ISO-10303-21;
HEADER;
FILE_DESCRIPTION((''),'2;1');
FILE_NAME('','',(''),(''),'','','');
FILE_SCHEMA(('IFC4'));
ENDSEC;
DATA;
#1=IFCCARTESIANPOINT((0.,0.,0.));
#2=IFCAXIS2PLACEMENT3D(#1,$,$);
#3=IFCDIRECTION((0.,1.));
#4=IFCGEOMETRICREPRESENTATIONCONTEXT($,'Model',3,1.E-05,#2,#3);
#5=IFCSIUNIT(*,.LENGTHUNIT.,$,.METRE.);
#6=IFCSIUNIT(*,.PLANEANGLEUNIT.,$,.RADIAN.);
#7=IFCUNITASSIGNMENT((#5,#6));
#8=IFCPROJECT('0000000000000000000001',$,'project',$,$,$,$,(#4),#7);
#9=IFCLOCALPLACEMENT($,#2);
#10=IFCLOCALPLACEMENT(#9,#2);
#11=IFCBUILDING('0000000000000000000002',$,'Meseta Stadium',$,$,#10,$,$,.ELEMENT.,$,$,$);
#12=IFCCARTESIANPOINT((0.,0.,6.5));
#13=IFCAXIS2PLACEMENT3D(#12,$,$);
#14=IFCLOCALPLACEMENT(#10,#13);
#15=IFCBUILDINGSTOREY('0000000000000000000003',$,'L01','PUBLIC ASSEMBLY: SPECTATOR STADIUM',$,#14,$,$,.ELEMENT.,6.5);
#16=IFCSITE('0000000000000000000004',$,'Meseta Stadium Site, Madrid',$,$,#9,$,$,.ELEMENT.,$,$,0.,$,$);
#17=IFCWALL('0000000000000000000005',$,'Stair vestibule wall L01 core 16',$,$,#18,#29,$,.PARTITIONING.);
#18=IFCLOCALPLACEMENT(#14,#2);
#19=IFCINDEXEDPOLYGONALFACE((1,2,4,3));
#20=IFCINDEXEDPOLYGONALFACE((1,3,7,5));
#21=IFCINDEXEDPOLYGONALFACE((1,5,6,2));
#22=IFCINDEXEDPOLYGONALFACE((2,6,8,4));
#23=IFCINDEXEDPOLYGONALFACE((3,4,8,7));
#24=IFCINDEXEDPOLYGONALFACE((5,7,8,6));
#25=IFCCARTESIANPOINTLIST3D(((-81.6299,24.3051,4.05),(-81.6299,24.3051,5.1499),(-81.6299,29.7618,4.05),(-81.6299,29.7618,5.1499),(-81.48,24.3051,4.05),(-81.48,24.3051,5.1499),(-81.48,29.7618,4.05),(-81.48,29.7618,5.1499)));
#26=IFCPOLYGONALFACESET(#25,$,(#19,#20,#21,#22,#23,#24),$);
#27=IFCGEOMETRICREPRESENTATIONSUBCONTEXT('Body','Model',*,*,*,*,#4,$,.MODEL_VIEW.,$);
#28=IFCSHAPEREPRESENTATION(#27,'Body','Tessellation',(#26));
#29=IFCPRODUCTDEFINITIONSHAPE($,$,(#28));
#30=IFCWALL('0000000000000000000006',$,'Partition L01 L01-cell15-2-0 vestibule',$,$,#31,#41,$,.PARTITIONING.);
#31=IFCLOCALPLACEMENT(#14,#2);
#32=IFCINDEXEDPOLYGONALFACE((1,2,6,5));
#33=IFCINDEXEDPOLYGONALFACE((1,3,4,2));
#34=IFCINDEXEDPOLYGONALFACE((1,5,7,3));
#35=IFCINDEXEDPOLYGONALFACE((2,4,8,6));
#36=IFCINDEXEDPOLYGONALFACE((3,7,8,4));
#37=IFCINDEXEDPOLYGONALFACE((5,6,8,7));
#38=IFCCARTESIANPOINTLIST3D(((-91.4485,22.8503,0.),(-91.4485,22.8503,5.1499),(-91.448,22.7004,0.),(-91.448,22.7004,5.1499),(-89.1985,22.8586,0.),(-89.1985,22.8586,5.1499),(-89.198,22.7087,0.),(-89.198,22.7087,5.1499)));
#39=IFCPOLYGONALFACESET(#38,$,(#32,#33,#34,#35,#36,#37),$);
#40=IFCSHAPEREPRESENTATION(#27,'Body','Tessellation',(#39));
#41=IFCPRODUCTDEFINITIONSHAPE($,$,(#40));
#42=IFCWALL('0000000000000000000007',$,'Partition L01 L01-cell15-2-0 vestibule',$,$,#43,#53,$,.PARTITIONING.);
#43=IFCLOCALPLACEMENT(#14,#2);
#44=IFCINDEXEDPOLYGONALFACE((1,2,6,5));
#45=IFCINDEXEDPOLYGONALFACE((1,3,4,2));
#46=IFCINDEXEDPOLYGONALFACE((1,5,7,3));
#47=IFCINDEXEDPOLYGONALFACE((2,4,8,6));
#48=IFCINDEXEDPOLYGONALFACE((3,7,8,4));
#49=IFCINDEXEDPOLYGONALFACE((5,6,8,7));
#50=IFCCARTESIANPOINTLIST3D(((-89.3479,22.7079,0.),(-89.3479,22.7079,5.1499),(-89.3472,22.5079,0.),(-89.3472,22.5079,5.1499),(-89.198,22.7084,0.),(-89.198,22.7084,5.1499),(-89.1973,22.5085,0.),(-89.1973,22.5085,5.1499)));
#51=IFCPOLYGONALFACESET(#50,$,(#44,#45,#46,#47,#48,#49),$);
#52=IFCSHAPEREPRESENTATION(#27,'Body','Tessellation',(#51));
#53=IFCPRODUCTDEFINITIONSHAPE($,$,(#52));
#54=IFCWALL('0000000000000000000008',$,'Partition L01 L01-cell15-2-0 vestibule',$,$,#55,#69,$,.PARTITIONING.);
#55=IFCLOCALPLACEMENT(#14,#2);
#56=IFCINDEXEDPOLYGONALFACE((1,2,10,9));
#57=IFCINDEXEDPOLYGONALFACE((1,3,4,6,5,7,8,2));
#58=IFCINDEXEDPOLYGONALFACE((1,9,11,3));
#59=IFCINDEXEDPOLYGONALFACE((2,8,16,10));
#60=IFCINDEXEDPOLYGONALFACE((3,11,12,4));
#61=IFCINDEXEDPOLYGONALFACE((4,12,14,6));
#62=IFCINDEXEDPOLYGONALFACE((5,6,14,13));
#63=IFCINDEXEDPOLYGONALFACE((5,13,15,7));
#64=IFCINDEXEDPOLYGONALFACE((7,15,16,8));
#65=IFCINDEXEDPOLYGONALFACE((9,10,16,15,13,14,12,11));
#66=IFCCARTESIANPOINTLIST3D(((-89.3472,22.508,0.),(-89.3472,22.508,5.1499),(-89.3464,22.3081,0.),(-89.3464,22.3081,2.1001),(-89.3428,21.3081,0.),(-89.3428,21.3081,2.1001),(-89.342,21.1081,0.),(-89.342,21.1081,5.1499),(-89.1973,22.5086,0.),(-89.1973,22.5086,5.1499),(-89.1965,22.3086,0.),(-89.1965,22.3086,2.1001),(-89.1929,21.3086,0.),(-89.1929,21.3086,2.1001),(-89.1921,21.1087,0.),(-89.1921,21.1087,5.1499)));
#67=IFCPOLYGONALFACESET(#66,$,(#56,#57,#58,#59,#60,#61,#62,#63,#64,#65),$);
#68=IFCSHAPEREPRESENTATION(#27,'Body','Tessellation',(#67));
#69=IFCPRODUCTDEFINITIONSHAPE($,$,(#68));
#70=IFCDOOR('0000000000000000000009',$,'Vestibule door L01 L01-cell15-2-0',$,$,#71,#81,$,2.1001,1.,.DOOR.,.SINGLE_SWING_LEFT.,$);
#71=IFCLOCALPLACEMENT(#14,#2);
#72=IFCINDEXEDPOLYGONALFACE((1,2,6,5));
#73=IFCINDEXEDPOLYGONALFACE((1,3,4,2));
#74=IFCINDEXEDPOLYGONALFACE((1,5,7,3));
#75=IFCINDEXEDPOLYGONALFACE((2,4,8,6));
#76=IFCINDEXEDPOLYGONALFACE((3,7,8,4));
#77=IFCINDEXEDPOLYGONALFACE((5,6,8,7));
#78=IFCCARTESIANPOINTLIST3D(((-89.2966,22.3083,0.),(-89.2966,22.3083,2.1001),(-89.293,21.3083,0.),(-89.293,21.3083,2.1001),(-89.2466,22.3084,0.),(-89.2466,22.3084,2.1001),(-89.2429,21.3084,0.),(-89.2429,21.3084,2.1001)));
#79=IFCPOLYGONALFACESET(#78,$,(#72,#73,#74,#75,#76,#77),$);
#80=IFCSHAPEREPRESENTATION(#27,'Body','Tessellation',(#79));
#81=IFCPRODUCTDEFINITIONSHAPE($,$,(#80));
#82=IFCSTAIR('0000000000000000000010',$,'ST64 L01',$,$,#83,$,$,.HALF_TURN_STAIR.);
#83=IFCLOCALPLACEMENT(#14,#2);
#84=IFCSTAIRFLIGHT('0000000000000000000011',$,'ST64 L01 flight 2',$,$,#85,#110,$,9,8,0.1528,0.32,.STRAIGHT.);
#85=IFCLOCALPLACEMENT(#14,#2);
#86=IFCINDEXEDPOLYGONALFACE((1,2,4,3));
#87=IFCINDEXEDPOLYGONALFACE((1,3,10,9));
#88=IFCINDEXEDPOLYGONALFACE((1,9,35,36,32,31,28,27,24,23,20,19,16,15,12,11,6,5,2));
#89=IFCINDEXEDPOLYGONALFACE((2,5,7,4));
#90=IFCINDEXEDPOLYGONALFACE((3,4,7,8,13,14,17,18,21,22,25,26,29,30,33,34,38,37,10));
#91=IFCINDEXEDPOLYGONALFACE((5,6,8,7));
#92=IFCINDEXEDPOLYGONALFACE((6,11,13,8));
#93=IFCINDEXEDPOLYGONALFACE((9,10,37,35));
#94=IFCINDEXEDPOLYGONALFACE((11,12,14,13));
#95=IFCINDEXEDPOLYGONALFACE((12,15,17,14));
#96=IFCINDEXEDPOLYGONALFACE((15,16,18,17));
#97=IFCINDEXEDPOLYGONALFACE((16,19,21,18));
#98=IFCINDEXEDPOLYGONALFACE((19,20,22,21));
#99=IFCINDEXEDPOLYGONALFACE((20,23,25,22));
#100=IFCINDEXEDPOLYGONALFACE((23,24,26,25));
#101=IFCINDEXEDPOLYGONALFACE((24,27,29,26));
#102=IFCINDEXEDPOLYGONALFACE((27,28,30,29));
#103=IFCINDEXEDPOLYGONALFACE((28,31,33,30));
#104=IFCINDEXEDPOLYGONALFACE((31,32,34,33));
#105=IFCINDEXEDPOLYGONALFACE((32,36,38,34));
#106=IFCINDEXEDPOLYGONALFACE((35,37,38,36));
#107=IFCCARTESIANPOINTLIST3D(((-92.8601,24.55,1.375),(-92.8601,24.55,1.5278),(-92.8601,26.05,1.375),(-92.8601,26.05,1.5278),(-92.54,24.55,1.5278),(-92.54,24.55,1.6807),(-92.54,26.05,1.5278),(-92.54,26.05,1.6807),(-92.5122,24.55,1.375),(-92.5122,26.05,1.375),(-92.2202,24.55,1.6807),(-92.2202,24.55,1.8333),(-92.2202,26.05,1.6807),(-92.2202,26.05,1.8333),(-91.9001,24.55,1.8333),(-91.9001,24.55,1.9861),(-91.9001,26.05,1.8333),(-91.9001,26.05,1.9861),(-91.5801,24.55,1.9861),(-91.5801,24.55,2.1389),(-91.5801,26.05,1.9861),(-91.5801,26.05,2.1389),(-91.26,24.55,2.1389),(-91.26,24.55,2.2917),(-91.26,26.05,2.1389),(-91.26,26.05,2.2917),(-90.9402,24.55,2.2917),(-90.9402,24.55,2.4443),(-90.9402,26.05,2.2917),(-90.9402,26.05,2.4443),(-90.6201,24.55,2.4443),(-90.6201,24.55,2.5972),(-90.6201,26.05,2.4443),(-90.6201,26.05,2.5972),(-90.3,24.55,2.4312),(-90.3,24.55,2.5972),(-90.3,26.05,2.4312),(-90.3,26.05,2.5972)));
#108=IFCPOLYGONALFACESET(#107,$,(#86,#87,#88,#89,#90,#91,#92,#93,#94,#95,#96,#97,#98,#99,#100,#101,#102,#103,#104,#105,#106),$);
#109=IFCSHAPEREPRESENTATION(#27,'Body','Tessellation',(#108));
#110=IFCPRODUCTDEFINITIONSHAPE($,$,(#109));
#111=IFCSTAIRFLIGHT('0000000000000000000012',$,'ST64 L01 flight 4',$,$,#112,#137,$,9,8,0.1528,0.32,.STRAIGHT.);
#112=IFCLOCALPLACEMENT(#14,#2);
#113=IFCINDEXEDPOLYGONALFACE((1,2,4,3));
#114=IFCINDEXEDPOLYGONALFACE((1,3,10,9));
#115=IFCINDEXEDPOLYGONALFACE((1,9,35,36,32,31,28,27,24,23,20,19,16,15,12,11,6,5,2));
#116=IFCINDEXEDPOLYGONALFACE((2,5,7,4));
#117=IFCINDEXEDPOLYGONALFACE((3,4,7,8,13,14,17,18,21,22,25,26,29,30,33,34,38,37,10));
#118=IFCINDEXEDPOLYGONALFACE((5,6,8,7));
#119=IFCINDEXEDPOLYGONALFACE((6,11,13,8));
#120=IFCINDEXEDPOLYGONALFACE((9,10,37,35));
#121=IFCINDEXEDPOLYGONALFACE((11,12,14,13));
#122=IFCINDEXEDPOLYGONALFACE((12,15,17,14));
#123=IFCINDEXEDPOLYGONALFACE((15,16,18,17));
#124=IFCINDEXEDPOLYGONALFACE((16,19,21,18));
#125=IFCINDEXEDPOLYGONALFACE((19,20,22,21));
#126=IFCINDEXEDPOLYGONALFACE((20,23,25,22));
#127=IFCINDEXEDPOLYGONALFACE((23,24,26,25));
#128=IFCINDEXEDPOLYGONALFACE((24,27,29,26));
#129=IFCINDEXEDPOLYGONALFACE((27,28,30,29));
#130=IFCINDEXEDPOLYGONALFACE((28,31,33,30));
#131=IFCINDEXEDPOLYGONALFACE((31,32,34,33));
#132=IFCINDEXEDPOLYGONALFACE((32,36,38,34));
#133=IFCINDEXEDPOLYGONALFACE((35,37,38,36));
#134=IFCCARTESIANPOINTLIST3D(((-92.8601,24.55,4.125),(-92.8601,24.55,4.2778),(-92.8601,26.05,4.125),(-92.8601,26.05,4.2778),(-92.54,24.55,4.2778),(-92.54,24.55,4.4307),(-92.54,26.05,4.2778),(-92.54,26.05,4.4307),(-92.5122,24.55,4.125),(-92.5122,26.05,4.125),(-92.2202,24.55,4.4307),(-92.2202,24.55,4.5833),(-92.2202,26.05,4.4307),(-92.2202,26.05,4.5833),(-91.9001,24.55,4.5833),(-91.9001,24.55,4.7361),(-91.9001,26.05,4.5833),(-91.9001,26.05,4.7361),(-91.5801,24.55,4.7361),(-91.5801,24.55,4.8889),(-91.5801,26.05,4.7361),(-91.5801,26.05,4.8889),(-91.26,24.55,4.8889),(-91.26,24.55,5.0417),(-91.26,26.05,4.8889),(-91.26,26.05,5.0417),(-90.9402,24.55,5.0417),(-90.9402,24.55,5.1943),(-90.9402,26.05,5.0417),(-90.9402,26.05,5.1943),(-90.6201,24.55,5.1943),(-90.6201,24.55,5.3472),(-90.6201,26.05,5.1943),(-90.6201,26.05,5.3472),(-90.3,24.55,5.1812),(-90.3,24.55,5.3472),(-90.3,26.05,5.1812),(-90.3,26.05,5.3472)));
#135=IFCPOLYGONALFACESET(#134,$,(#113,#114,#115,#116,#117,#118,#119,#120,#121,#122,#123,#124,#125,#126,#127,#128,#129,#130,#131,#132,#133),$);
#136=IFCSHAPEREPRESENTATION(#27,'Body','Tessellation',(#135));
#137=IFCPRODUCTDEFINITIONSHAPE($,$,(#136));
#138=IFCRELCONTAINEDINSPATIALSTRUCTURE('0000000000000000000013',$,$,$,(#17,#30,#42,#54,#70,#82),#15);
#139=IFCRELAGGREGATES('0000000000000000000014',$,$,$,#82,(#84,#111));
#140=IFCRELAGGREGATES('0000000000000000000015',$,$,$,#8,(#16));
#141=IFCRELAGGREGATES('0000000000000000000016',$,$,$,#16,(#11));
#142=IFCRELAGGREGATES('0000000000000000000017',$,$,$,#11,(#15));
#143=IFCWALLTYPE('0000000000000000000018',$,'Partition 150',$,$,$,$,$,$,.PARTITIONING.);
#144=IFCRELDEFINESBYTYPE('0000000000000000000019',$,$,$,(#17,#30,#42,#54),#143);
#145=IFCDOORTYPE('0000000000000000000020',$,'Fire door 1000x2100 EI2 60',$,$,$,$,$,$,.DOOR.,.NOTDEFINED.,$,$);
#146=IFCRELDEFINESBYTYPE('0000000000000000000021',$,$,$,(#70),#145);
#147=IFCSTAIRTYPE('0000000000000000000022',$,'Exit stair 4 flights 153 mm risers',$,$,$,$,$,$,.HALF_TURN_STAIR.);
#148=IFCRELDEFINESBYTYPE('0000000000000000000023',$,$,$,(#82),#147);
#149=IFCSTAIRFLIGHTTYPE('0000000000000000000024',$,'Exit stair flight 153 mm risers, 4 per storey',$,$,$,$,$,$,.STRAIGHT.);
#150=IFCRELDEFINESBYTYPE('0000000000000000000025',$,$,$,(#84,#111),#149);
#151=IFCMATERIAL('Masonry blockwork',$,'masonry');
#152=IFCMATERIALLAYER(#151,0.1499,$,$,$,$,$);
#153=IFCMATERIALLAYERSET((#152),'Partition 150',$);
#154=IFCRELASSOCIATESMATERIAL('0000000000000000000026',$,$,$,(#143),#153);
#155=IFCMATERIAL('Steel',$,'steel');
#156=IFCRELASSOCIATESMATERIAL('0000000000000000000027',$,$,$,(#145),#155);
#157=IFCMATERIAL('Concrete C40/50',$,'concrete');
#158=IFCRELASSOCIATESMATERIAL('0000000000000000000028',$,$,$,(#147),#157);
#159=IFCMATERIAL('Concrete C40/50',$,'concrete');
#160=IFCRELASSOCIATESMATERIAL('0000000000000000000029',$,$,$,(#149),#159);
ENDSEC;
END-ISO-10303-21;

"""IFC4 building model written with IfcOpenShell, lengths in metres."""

from ifc_helpers import new_model, si_unit, direction, frame, frame_2d, origin, place, context, subcontext, project, spatial, polyline, rectangle, outline, extrude, material, layer, layer_set, type_object, element, fill, aggregate, save


model = new_model("IFC4")

# Units and contexts
model_context = context("Model", 3, precision=1e-05, world=origin(), true_north=direction((0.0, 1.0)))
body_context = subcontext(model_context, "Body", "Model", "MODEL_VIEW")
ifc_project = project(units=[si_unit("LENGTHUNIT", "METRE"), si_unit("PLANEANGLEUNIT", "RADIAN")], contexts=[model_context])

# Site, building, storey
site_placement = place(None, origin())
site = spatial("IfcSite", under=ifc_project, at=site_placement, Name="Meseta Stadium Site, Madrid", CompositionType="ELEMENT", RefElevation=0.0)
building_placement = place(site_placement, origin())
building = spatial("IfcBuilding", under=site, at=building_placement, Name="Meseta Stadium", CompositionType="ELEMENT")
storey_placement = place(building_placement, frame((0.0, 0.0, 6.5)))
storey = spatial("IfcBuildingStorey", under=building, at=storey_placement, Name="L01", Description="PUBLIC ASSEMBLY: SPECTATOR STADIUM", CompositionType="ELEMENT", Elevation=6.5)

# Shared definitions
ifc_material_1 = material(Name="Masonry blockwork", Category="masonry")
ifc_layer = layer(ifc_material_1, 0.1499)
ifc_layer_set = layer_set([ifc_layer], Name="Partition 150")
wall_type = type_object("IfcWallType", Name="Partition 150", PredefinedType="PARTITIONING", material=ifc_layer_set)
ifc_material_2 = material(Name="Steel", Category="steel")
door_type_1 = type_object("IfcDoorType", Name="Fire door 1000x2100 EI2 60", OperationType="NOTDEFINED", PredefinedType="DOOR", material=ifc_material_2)

# Walls
wall_1_placement = place(storey_placement, frame((-81.5549, 24.3049, 4.05), z_axis=(0.0, 0.0, 1.0), x_axis=(0.0, 1.0, 0.0)))
element("IfcWall", 1, at=wall_1_placement, inside=storey, type_object=wall_type, Name="Stair vestibule wall L01 core 16", PredefinedType="PARTITIONING", context=body_context, shape_type="SweptSolid", body=[
    extrude(rectangle(XDim=5.4568, YDim=0.1499, at=frame_2d((2.7285, 0.0))), origin(), (0.0, 0.0, 1.0), 1.0999),
])
wall_2_placement = place(storey_placement, frame((-91.4482, 22.7754, 0.0), z_axis=(0.0, 0.0, 1.0), x_axis=(0.999993, 0.003689, 0.0)))
element("IfcWall", 2, at=wall_2_placement, inside=storey, type_object=wall_type, Name="Partition L01 L01-cell15-2-0 vestibule", PredefinedType="PARTITIONING", context=body_context, shape_type="SweptSolid", body=[
    extrude(rectangle(XDim=2.25, YDim=0.1499, at=frame_2d((1.125, 0.0))), origin(), (0.0, 0.0, 1.0), 5.1499),
])
wall_3_placement = place(storey_placement, frame((-89.2729, 22.7083, 0.0), z_axis=(0.0, 0.0, 1.0), x_axis=(0.003663, -0.999993, 0.0)))
element("IfcWall", 3, at=wall_3_placement, inside=storey, type_object=wall_type, Name="Partition L01 L01-cell15-2-0 vestibule", PredefinedType="PARTITIONING", context=body_context, shape_type="SweptSolid", body=[
    extrude(rectangle(XDim=0.2, YDim=0.1499, at=frame_2d((0.1001, 0.0))), origin(), (0.0, 0.0, 1.0), 5.1499),
])

# Wall, opening, door
wall_4_placement = place(storey_placement, frame((-89.2722, 22.5083, 0.0), z_axis=(0.0, 0.0, 1.0), x_axis=(0.003662, -0.999993, 0.0)))
wall_4 = element("IfcWall", 4, at=wall_4_placement, inside=storey, type_object=wall_type, Name="Partition L01 L01-cell15-2-0 vestibule", PredefinedType="PARTITIONING", context=body_context, shape_type="SweptSolid", body=[
    extrude(rectangle(XDim=1.3999, YDim=0.1499, at=frame_2d((0.7, 0.0))), origin(), (0.0, 0.0, 1.0), 5.1499),
])
opening_1_placement = place(wall_4_placement, frame((0.2, 0.0, 0.0)))
opening_1 = element("IfcOpeningElement", 5, at=opening_1_placement, cuts=wall_4, PredefinedType="OPENING", context=body_context, shape_type="SweptSolid", body=[
    extrude(rectangle(XDim=1.0, YDim=2.1001, at=frame_2d((0.5, 1.05))), frame((0.0, 0.085, 0.0), z_axis=(0.0, -1.0, 0.0), x_axis=(1.0, 0.0, 0.0)), (0.0, 0.0, 1.0), 0.1699),
])
door_1_placement = place(opening_1_placement, origin())
door_1 = element("IfcDoor", 6, at=door_1_placement, inside=storey, type_object=door_type_1, Name="Vestibule door L01 L01-cell15-2-0", OperationType="SINGLE_SWING_LEFT", OverallHeight=2.1001, OverallWidth=1.0, PredefinedType="DOOR", context=body_context, shape_type="SweptSolid", body=[
    extrude(rectangle(XDim=1.0, YDim=2.1001, at=frame_2d((0.5, 1.05))), frame((0.0, 0.0249, 0.0), z_axis=(0.0, -1.0, 0.0), x_axis=(1.0, 0.0, 0.0)), (0.0, 0.0, 1.0), 0.05),
])
fill(opening_1, door_1)

# Stair, stair flights
ifc_material_3 = material(Name="Concrete C40/50", Category="concrete")
stair_type = type_object("IfcStairType", Name="Exit stair 4 flights 153 mm risers", PredefinedType="HALF_TURN_STAIR", material=ifc_material_3)
stair_placement = place(storey_placement, origin())
stair = element("IfcStair", 7, at=stair_placement, inside=storey, type_object=stair_type, Name="ST64 L01", PredefinedType="HALF_TURN_STAIR")
ifc_material_4 = material(Name="Concrete C40/50", Category="concrete")
stair_flight_type = type_object("IfcStairFlightType", Name="Exit stair flight 153 mm risers, 4 per storey", PredefinedType="STRAIGHT", material=ifc_material_4)
stair_flight_1_placement = place(storey_placement, frame((-92.8601, 25.3, 1.375), z_axis=(0.0, 0.0, 1.0), x_axis=(1.0, 0.0, 0.0)))
stair_flight_1 = element("IfcStairFlight", 8, at=stair_flight_1_placement, type_object=stair_flight_type, Name="ST64 L01 flight 2", NumberOfRisers=9, NumberOfTreads=8, PredefinedType="STRAIGHT", RiserHeight=0.1528, TreadLength=0.32, context=body_context, shape_type="SweptSolid", body=[
    extrude(outline(polyline([(0.0, 0.0), (0.0, 0.1528), (0.3201, 0.1528), (0.3201, 0.3057), (0.6399, 0.3057), (0.6399, 0.4583), (0.96, 0.4583), (0.96, 0.6111), (1.28, 0.6111), (1.28, 0.7639), (1.6001, 0.7639), (1.6001, 0.9167), (1.9199, 0.9167), (1.9199, 1.0693), (2.24, 1.0693), (2.24, 1.2222), (2.5601, 1.2222), (2.5601, 1.0562), (0.3479, 0.0), (0.0, 0.0)])), frame((0.0, 0.75, 0.0), z_axis=(0.0, -1.0, 0.0), x_axis=(1.0, 0.0, 0.0)), (0.0, 0.0, 1.0), 1.5),
])
stair_flight_2_placement = place(storey_placement, frame((-92.8601, 25.3, 4.125), z_axis=(0.0, 0.0, 1.0), x_axis=(1.0, 0.0, 0.0)))
stair_flight_2 = element("IfcStairFlight", 9, at=stair_flight_2_placement, type_object=stair_flight_type, Name="ST64 L01 flight 4", NumberOfRisers=9, NumberOfTreads=8, PredefinedType="STRAIGHT", RiserHeight=0.1528, TreadLength=0.32, context=body_context, shape_type="SweptSolid", body=[
    extrude(outline(polyline([(0.0, 0.0), (0.0, 0.1528), (0.3201, 0.1528), (0.3201, 0.3057), (0.6399, 0.3057), (0.6399, 0.4583), (0.96, 0.4583), (0.96, 0.6111), (1.28, 0.6111), (1.28, 0.7639), (1.6001, 0.7639), (1.6001, 0.9167), (1.9199, 0.9167), (1.9199, 1.0693), (2.24, 1.0693), (2.24, 1.2222), (2.5601, 1.2222), (2.5601, 1.0562), (0.3479, 0.0), (0.0, 0.0)])), frame((0.0, 0.75, 0.0), z_axis=(0.0, -1.0, 0.0), x_axis=(1.0, 0.0, 0.0)), (0.0, 0.0, 1.0), 1.5),
])
aggregate(stair, [stair_flight_1, stair_flight_2])

save(model, "model.ifc")
